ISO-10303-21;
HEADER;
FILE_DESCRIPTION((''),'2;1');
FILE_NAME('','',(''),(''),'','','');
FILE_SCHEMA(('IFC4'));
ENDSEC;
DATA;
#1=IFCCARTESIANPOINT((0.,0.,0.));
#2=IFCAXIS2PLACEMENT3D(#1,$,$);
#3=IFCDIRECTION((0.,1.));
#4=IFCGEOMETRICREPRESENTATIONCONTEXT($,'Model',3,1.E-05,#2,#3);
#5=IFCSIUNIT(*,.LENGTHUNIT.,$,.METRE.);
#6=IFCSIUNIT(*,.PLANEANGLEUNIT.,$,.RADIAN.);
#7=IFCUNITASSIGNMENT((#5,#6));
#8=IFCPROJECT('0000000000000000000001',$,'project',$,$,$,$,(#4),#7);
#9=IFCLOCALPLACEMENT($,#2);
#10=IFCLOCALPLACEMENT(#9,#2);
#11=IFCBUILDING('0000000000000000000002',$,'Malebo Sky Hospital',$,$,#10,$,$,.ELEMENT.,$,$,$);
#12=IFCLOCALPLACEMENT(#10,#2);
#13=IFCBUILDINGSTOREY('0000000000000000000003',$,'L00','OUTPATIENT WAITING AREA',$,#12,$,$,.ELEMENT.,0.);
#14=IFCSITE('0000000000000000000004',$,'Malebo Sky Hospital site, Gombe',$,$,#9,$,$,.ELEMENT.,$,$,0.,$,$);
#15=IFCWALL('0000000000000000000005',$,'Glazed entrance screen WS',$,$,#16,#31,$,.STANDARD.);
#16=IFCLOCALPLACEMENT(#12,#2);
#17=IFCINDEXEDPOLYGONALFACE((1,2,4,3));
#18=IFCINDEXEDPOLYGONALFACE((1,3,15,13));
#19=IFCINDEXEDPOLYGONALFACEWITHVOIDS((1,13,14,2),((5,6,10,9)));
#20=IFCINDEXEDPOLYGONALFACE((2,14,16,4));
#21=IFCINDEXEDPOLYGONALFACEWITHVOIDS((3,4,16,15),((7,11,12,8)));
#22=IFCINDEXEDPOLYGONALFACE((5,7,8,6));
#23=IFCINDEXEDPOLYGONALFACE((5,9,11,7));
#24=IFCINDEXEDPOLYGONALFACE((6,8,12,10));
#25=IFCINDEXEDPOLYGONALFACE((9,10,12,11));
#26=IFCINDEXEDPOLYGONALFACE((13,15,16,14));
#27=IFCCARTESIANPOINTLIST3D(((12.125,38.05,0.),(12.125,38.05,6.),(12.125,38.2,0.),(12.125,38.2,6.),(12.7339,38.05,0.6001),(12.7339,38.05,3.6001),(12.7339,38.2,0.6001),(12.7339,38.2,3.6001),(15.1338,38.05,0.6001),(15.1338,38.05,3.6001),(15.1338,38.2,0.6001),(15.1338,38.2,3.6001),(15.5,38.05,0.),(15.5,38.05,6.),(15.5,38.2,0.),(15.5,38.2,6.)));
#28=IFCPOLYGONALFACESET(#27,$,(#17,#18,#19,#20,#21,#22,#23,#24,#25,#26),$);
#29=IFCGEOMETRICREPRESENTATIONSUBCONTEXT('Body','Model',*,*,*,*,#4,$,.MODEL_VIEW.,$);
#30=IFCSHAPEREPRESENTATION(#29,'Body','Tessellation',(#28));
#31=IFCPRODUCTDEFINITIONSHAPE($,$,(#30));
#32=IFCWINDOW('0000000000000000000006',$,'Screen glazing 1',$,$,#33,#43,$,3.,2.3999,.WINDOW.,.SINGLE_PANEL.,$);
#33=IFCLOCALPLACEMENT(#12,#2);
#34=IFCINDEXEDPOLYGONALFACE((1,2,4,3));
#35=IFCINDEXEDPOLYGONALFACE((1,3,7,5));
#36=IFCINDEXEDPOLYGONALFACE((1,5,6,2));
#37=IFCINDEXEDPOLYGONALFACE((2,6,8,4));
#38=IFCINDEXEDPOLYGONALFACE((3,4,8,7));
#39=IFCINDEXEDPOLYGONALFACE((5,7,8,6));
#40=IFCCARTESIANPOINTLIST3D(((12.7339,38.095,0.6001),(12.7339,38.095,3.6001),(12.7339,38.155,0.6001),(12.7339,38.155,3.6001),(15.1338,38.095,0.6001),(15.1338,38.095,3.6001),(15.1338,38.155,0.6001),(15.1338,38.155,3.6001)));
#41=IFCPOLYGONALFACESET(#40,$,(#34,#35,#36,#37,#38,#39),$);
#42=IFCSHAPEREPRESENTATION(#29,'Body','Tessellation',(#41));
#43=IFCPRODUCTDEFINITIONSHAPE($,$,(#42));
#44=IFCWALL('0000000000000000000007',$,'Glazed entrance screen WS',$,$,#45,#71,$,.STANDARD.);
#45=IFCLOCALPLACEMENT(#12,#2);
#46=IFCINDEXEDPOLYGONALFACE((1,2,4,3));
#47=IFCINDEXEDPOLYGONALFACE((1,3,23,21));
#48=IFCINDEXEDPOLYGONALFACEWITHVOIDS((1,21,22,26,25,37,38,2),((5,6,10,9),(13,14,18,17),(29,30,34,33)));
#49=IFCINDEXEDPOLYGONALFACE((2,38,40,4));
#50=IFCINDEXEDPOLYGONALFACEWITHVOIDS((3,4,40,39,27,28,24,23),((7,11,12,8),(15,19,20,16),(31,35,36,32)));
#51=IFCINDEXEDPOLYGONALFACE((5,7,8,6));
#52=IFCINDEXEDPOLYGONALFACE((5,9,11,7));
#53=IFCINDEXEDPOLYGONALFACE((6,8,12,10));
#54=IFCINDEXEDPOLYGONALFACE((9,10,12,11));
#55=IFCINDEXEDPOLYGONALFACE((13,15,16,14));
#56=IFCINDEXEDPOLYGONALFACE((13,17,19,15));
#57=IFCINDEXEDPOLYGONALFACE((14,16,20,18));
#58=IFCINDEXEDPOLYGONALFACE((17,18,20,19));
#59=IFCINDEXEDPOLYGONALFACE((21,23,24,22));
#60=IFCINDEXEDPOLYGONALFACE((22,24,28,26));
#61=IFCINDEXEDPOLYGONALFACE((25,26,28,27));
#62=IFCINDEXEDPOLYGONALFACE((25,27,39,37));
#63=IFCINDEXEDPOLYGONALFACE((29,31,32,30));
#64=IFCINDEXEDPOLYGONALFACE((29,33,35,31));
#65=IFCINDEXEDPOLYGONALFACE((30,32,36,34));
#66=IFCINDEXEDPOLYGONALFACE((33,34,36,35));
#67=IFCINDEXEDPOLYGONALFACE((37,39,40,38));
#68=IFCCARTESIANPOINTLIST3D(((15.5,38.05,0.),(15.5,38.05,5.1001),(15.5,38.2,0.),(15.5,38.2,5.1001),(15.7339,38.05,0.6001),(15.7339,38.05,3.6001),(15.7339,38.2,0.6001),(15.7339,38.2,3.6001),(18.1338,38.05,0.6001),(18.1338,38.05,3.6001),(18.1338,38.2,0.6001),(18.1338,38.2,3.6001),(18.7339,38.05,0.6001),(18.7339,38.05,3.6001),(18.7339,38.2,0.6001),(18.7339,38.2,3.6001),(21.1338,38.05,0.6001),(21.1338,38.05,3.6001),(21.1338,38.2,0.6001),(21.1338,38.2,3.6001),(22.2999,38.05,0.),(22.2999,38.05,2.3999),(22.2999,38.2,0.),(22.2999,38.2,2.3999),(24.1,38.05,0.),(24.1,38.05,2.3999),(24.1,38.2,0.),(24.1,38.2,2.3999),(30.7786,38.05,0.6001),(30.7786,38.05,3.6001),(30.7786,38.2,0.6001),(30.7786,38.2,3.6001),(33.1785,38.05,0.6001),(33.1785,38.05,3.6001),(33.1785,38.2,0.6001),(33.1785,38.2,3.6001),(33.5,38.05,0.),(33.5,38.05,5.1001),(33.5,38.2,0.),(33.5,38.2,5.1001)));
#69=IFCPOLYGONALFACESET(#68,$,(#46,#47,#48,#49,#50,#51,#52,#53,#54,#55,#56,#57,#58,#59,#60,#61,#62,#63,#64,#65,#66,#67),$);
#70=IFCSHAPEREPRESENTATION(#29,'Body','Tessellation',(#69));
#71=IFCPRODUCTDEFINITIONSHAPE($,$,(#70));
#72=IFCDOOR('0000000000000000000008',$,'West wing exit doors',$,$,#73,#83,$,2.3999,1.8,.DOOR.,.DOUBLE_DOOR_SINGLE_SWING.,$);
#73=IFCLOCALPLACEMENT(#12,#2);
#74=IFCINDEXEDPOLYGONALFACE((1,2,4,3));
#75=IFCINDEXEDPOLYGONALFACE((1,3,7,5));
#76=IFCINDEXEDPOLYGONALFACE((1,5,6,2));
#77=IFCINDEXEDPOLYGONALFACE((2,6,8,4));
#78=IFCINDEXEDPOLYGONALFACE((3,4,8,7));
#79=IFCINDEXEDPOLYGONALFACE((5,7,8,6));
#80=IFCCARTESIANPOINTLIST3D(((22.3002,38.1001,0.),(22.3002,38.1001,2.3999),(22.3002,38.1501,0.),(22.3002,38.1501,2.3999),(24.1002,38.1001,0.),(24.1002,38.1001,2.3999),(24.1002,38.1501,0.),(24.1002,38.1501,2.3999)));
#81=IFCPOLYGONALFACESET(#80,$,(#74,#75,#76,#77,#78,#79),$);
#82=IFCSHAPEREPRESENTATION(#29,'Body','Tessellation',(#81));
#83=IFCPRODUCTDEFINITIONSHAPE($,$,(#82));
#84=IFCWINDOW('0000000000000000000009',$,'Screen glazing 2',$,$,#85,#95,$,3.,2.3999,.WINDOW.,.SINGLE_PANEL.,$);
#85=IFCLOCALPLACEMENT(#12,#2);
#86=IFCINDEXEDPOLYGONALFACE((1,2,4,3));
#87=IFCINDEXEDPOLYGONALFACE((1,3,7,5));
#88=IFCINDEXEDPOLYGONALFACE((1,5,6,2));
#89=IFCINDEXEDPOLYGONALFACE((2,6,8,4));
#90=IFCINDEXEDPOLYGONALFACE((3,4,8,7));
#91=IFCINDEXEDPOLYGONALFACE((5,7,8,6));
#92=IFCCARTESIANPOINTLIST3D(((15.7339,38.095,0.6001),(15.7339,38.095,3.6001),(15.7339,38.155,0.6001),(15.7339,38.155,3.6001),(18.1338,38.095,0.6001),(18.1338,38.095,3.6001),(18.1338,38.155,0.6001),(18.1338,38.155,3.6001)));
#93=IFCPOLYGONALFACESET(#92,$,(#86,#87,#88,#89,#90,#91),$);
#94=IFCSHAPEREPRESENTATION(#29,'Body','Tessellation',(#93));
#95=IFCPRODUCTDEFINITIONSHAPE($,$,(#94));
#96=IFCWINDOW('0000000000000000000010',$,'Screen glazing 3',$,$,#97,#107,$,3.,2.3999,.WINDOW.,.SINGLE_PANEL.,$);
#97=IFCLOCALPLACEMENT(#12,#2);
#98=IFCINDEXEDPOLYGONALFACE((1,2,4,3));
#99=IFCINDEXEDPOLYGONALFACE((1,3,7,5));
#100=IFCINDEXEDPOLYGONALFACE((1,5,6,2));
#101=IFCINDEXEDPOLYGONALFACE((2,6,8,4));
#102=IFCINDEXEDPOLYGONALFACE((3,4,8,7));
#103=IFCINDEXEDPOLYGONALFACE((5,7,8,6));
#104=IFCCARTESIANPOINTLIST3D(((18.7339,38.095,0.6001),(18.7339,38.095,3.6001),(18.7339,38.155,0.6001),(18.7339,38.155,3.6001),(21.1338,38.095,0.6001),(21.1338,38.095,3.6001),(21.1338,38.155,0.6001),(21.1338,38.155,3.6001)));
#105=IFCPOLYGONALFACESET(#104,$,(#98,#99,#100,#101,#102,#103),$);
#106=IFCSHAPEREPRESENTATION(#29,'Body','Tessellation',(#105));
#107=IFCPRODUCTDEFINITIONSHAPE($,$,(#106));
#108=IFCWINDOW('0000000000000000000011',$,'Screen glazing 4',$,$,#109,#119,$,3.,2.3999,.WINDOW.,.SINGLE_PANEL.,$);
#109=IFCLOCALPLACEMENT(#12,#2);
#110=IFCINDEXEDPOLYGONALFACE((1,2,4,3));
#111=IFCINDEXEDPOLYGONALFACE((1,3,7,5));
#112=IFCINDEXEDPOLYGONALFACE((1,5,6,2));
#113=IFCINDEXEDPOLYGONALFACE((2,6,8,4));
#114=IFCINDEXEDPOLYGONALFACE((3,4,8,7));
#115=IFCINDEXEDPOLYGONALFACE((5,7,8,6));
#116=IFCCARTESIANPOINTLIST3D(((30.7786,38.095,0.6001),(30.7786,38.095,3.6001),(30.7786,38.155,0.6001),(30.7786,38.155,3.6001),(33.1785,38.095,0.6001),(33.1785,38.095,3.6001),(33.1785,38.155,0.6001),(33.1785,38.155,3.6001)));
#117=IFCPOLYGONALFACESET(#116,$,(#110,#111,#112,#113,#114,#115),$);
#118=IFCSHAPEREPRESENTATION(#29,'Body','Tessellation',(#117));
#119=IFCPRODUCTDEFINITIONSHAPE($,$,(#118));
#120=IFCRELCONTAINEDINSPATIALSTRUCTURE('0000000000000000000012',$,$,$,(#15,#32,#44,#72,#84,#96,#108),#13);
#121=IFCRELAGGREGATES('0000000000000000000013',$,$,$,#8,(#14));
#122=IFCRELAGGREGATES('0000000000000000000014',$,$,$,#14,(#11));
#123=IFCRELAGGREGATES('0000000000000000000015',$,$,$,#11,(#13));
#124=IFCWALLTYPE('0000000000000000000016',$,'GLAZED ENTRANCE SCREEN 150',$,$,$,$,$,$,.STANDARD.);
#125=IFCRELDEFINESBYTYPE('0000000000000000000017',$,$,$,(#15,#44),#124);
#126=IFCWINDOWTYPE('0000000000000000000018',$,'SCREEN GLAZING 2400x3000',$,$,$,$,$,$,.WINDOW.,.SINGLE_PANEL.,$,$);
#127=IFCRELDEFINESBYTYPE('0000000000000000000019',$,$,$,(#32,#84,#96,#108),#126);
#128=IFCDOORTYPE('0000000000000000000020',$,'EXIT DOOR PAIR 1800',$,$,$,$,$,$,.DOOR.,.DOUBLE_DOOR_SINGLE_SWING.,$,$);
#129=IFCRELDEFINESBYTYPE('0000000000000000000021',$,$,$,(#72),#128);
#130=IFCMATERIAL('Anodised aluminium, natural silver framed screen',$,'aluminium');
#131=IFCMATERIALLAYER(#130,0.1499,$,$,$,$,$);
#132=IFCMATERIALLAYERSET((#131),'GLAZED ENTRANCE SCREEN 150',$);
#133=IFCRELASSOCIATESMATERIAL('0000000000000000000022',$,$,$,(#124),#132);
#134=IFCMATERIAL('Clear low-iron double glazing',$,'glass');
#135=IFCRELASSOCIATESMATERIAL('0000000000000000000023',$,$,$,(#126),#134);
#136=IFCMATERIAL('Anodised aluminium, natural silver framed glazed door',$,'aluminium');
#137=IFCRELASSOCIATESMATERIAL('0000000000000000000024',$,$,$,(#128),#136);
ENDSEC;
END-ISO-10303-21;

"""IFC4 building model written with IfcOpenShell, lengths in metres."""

from ifc_helpers import new_model, si_unit, direction, frame, frame_2d, origin, place, context, subcontext, project, spatial, rectangle, extrude, material, layer, layer_set, type_object, element, fill, save


model = new_model("IFC4")

# Units and contexts
model_context = context("Model", 3, precision=1e-05, world=origin(), true_north=direction((0.0, 1.0)))
body_context = subcontext(model_context, "Body", "Model", "MODEL_VIEW")
ifc_project = project(units=[si_unit("LENGTHUNIT", "METRE"), si_unit("PLANEANGLEUNIT", "RADIAN")], contexts=[model_context])

# Site, building, storey
site_placement = place(None, origin())
site = spatial("IfcSite", under=ifc_project, at=site_placement, Name="Malebo Sky Hospital site, Gombe", CompositionType="ELEMENT", RefElevation=0.0)
building_placement = place(site_placement, origin())
building = spatial("IfcBuilding", under=site, at=building_placement, Name="Malebo Sky Hospital", CompositionType="ELEMENT")
storey_placement = place(building_placement, origin())
storey = spatial("IfcBuildingStorey", under=building, at=storey_placement, Name="L00", Description="OUTPATIENT WAITING AREA", CompositionType="ELEMENT", Elevation=0.0)

# Wall, opening, window
ifc_material_1 = material(Name="Anodised aluminium, natural silver framed screen", Category="aluminium")
ifc_layer_1 = layer(ifc_material_1, 0.1499)
ifc_layer_set_1 = layer_set([ifc_layer_1], Name="GLAZED ENTRANCE SCREEN 150")
wall_type_1 = type_object("IfcWallType", Name="GLAZED ENTRANCE SCREEN 150", PredefinedType="STANDARD", material=ifc_layer_set_1)
wall_1_placement = place(storey_placement, frame((12.125, 38.125, 0.0), z_axis=(0.0, 0.0, 1.0), x_axis=(1.0, 0.0, 0.0)))
wall_1 = element("IfcWall", 1, at=wall_1_placement, inside=storey, type_object=wall_type_1, Name="Glazed entrance screen WS", PredefinedType="STANDARD", context=body_context, shape_type="SweptSolid", body=[
    extrude(rectangle(XDim=3.375, YDim=0.1499, at=frame_2d((1.6875, 0.0))), origin(), (0.0, 0.0, 1.0), 6.0),
])
opening_1_placement = place(wall_1_placement, frame((0.6089, 0.0, 0.6001)))
opening_1 = element("IfcOpeningElement", 2, at=opening_1_placement, cuts=wall_1, PredefinedType="OPENING", context=body_context, shape_type="SweptSolid", body=[
    extrude(rectangle(XDim=2.3999, YDim=3.0, at=frame_2d((1.2, 1.5))), frame((0.0, 0.085, 0.0), z_axis=(0.0, -1.0, 0.0), x_axis=(1.0, 0.0, 0.0)), (0.0, 0.0, 1.0), 0.1699),
])
ifc_material_2 = material(Name="Clear low-iron double glazing", Category="glass")
window_type = type_object("IfcWindowType", Name="SCREEN GLAZING 2400x3000", PartitioningType="SINGLE_PANEL", PredefinedType="WINDOW", material=ifc_material_2)
window_1_placement = place(opening_1_placement, origin())
window_1 = element("IfcWindow", 3, at=window_1_placement, inside=storey, type_object=window_type, Name="Screen glazing 1", OverallHeight=3.0, OverallWidth=2.3999, PartitioningType="SINGLE_PANEL", PredefinedType="WINDOW", context=body_context, shape_type="SweptSolid", body=[
    extrude(rectangle(XDim=2.3999, YDim=3.0, at=frame_2d((1.2, 1.5))), frame((0.0, 0.03, 0.0), z_axis=(0.0, -1.0, 0.0), x_axis=(1.0, 0.0, 0.0)), (0.0, 0.0, 1.0), 0.0601),
])
fill(opening_1, window_1)

# Wall, openings, door, windows
wall_2_placement = place(storey_placement, frame((15.5, 38.125, 0.0), z_axis=(0.0, 0.0, 1.0), x_axis=(1.0, 0.0, 0.0)))
wall_2 = element("IfcWall", 4, at=wall_2_placement, inside=storey, type_object=wall_type_1, Name="Glazed entrance screen WS", PredefinedType="STANDARD", context=body_context, shape_type="SweptSolid", body=[
    extrude(rectangle(XDim=18.0, YDim=0.1499, at=frame_2d((9.0, 0.0))), origin(), (0.0, 0.0, 1.0), 5.1001),
])
opening_2_placement = place(wall_2_placement, frame((6.8, 0.0, 0.0)))
opening_2 = element("IfcOpeningElement", 5, at=opening_2_placement, cuts=wall_2, PredefinedType="OPENING", context=body_context, shape_type="SweptSolid", body=[
    extrude(rectangle(XDim=1.8, YDim=2.3999, at=frame_2d((0.8999, 1.2))), frame((0.0, 0.085, 0.0), z_axis=(0.0, -1.0, 0.0), x_axis=(1.0, 0.0, 0.0)), (0.0, 0.0, 1.0), 0.1699),
])
opening_3_placement = place(wall_2_placement, frame((0.2339, 0.0, 0.6001)))
opening_3 = element("IfcOpeningElement", 6, at=opening_3_placement, cuts=wall_2, PredefinedType="OPENING", context=body_context, shape_type="SweptSolid", body=[
    extrude(rectangle(XDim=2.3999, YDim=3.0, at=frame_2d((1.2, 1.5))), frame((0.0, 0.085, 0.0), z_axis=(0.0, -1.0, 0.0), x_axis=(1.0, 0.0, 0.0)), (0.0, 0.0, 1.0), 0.1699),
])
opening_4_placement = place(wall_2_placement, frame((3.2339, 0.0, 0.6001)))
opening_4 = element("IfcOpeningElement", 7, at=opening_4_placement, cuts=wall_2, PredefinedType="OPENING", context=body_context, shape_type="SweptSolid", body=[
    extrude(rectangle(XDim=2.3999, YDim=3.0, at=frame_2d((1.2, 1.5))), frame((0.0, 0.085, 0.0), z_axis=(0.0, -1.0, 0.0), x_axis=(1.0, 0.0, 0.0)), (0.0, 0.0, 1.0), 0.1699),
])
opening_5_placement = place(wall_2_placement, frame((15.2786, 0.0, 0.6001)))
opening_5 = element("IfcOpeningElement", 8, at=opening_5_placement, cuts=wall_2, PredefinedType="OPENING", context=body_context, shape_type="SweptSolid", body=[
    extrude(rectangle(XDim=2.3999, YDim=3.0, at=frame_2d((1.2, 1.5))), frame((0.0, 0.085, 0.0), z_axis=(0.0, -1.0, 0.0), x_axis=(1.0, 0.0, 0.0)), (0.0, 0.0, 1.0), 0.1699),
])
ifc_material_3 = material(Name="Anodised aluminium, natural silver framed glazed door", Category="aluminium")
door_type_1 = type_object("IfcDoorType", Name="EXIT DOOR PAIR 1800", OperationType="DOUBLE_DOOR_SINGLE_SWING", PredefinedType="DOOR", material=ifc_material_3)
door_1_placement = place(opening_2_placement, frame((1.8, 0.0, 0.0), z_axis=(0.0, 0.0, 1.0), x_axis=(-1.0, 0.0, 0.0)))
door_1 = element("IfcDoor", 9, at=door_1_placement, inside=storey, type_object=door_type_1, Name="West wing exit doors", OperationType="DOUBLE_DOOR_SINGLE_SWING", OverallHeight=2.3999, OverallWidth=1.8, PredefinedType="DOOR", context=body_context, shape_type="SweptSolid", body=[
    extrude(rectangle(XDim=1.8, YDim=2.3999, at=frame_2d((0.8999, 1.2))), frame((0.0, 0.0249, 0.0), z_axis=(0.0, -1.0, 0.0), x_axis=(1.0, 0.0, 0.0)), (0.0, 0.0, 1.0), 0.05),
])
fill(opening_2, door_1)
window_2_placement = place(opening_3_placement, origin())
window_2 = element("IfcWindow", 10, at=window_2_placement, inside=storey, type_object=window_type, Name="Screen glazing 2", OverallHeight=3.0, OverallWidth=2.3999, PartitioningType="SINGLE_PANEL", PredefinedType="WINDOW", context=body_context, shape_type="SweptSolid", body=[
    extrude(rectangle(XDim=2.3999, YDim=3.0, at=frame_2d((1.2, 1.5))), frame((0.0, 0.03, 0.0), z_axis=(0.0, -1.0, 0.0), x_axis=(1.0, 0.0, 0.0)), (0.0, 0.0, 1.0), 0.0601),
])
fill(opening_3, window_2)
window_3_placement = place(opening_4_placement, origin())
window_3 = element("IfcWindow", 11, at=window_3_placement, inside=storey, type_object=window_type, Name="Screen glazing 3", OverallHeight=3.0, OverallWidth=2.3999, PartitioningType="SINGLE_PANEL", PredefinedType="WINDOW", context=body_context, shape_type="SweptSolid", body=[
    extrude(rectangle(XDim=2.3999, YDim=3.0, at=frame_2d((1.2, 1.5))), frame((0.0, 0.03, 0.0), z_axis=(0.0, -1.0, 0.0), x_axis=(1.0, 0.0, 0.0)), (0.0, 0.0, 1.0), 0.0601),
])
fill(opening_4, window_3)
window_4_placement = place(opening_5_placement, origin())
window_4 = element("IfcWindow", 12, at=window_4_placement, inside=storey, type_object=window_type, Name="Screen glazing 4", OverallHeight=3.0, OverallWidth=2.3999, PartitioningType="SINGLE_PANEL", PredefinedType="WINDOW", context=body_context, shape_type="SweptSolid", body=[
    extrude(rectangle(XDim=2.3999, YDim=3.0, at=frame_2d((1.2, 1.5))), frame((0.0, 0.03, 0.0), z_axis=(0.0, -1.0, 0.0), x_axis=(1.0, 0.0, 0.0)), (0.0, 0.0, 1.0), 0.0601),
])
fill(opening_5, window_4)

save(model, "model.ifc")
